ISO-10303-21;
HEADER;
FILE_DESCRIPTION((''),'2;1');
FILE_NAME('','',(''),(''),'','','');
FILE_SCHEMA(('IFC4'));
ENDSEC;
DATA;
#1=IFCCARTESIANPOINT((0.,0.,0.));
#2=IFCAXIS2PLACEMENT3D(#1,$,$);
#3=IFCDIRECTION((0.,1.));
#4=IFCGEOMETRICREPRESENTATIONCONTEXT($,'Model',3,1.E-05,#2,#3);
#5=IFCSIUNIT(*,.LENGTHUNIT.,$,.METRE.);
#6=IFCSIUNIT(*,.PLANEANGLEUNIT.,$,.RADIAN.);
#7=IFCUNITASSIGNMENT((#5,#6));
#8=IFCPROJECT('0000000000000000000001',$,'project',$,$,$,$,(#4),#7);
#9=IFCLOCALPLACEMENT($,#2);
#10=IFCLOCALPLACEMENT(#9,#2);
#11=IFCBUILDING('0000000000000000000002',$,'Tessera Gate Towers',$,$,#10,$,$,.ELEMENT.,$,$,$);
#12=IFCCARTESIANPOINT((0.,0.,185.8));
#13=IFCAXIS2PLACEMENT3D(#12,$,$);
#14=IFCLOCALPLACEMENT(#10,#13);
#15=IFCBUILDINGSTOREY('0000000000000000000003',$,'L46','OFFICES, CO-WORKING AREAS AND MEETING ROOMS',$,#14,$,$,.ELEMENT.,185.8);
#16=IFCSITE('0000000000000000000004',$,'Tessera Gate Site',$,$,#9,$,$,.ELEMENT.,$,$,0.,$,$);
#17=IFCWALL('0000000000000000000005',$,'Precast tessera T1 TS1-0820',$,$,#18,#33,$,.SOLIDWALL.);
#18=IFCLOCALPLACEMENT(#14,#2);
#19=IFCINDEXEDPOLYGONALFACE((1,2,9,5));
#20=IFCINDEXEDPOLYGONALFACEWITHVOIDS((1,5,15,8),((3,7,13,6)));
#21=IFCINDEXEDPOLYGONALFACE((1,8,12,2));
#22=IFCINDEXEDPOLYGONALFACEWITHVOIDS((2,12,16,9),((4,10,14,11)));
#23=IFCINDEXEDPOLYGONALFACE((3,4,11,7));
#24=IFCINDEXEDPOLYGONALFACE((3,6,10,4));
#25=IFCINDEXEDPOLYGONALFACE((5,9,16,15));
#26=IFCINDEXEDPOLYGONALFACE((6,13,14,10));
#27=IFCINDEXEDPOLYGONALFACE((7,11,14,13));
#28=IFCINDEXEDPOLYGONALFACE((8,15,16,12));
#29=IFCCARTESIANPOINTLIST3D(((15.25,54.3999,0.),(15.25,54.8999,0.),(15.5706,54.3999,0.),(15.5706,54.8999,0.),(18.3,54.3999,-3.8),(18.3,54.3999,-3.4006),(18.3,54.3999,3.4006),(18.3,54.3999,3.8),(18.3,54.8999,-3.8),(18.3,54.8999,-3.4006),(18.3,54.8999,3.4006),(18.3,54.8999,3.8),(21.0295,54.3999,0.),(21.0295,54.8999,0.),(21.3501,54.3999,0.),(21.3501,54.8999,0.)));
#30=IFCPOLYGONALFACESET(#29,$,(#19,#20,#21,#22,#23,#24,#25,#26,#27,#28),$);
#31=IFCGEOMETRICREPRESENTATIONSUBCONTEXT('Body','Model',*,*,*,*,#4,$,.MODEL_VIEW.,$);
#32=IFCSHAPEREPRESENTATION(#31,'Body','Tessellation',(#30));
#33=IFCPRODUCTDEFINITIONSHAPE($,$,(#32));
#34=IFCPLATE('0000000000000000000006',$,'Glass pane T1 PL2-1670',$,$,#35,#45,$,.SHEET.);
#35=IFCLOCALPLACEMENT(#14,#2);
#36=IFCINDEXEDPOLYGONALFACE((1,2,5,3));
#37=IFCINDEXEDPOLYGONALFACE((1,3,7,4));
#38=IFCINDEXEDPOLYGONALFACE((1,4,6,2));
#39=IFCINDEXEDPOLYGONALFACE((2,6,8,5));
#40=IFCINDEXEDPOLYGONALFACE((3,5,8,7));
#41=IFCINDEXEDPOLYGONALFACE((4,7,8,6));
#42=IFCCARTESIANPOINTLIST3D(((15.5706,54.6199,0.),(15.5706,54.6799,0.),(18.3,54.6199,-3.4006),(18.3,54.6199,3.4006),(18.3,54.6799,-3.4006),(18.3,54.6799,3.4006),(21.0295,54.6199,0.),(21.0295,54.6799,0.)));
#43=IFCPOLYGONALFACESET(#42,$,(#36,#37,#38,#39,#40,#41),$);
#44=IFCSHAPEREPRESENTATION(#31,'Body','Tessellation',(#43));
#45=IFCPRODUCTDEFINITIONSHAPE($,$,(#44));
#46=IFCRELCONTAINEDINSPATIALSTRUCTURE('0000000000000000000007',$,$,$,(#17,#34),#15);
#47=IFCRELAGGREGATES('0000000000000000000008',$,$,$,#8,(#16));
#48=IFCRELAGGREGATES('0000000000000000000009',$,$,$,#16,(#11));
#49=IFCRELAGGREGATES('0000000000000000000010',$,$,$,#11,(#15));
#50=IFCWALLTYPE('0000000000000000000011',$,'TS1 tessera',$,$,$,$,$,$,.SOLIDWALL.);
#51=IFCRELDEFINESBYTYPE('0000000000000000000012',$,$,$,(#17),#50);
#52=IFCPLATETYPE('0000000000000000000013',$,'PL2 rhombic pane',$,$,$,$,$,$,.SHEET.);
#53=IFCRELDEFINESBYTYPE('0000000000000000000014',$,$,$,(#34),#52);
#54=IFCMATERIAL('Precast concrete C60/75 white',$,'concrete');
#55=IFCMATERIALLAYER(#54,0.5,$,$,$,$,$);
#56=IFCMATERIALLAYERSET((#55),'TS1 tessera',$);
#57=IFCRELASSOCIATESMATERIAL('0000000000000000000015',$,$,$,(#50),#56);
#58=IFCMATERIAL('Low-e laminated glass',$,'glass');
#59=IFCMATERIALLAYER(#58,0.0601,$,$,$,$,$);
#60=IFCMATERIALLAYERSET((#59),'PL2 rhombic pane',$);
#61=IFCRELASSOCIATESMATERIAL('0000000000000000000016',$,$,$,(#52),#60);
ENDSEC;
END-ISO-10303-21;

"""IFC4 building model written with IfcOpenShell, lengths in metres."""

from ifc_helpers import new_model, si_unit, direction, frame, origin, place, context, subcontext, project, spatial, polyline, outline, extrude, source, transform, mapped, material, layer, layer_set, type_object, element, fill, save


model = new_model("IFC4")

# Units and contexts
model_context = context("Model", 3, precision=1e-05, world=origin(), true_north=direction((0.0, 1.0)))
body_context = subcontext(model_context, "Body", "Model", "MODEL_VIEW")
ifc_project = project(units=[si_unit("LENGTHUNIT", "METRE"), si_unit("PLANEANGLEUNIT", "RADIAN")], contexts=[model_context])

# Site, building, storey
site_placement = place(None, origin())
site = spatial("IfcSite", under=ifc_project, at=site_placement, Name="Tessera Gate Site", CompositionType="ELEMENT", RefElevation=0.0)
building_placement = place(site_placement, origin())
building = spatial("IfcBuilding", under=site, at=building_placement, Name="Tessera Gate Towers", CompositionType="ELEMENT")
storey_placement = place(building_placement, frame((0.0, 0.0, 185.8)))
storey = spatial("IfcBuildingStorey", under=building, at=storey_placement, Name="L46", Description="OFFICES, CO-WORKING AREAS AND MEETING ROOMS", CompositionType="ELEMENT", Elevation=185.8)

# Wall, opening, plate
ifc_material_1 = material(Name="Precast concrete C60/75 white", Category="concrete")
ifc_layer_1 = layer(ifc_material_1, 0.5)
ifc_layer_set_1 = layer_set([ifc_layer_1], Name="TS1 tessera")
wall_type_1 = type_object("IfcWallType", Name="TS1 tessera", PredefinedType="SOLIDWALL", material=ifc_layer_set_1)
shared_shape_1 = source(origin(), body_context, "Body", "SweptSolid", [
    extrude(outline(polyline([(3.05, 0.0), (6.1001, 3.8), (3.05, 7.6001), (0.0, 3.8), (3.05, 0.0)])), frame((0.0, 0.25, 0.0), z_axis=(0.0, -1.0, 0.0), x_axis=(1.0, 0.0, 0.0)), (0.0, 0.0, 1.0), 0.5),
])
shared_shape_2 = source(origin(), body_context, "Body", "SweptSolid", [
    extrude(outline(polyline([(3.05, 0.3994), (5.7795, 3.8), (3.05, 7.2007), (0.3206, 3.8), (3.05, 0.3994)])), frame((0.0, 0.26, 0.0), z_axis=(0.0, -1.0, 0.0), x_axis=(1.0, 0.0, 0.0)), (0.0, 0.0, 1.0), 0.52),
])
ifc_material_2 = material(Name="Low-e laminated glass", Category="glass")
ifc_layer_2 = layer(ifc_material_2, 0.0601)
ifc_layer_set_2 = layer_set([ifc_layer_2], Name="PL2 rhombic pane")
plate_type = type_object("IfcPlateType", Name="PL2 rhombic pane", PredefinedType="SHEET", material=ifc_layer_set_2)
shared_shape_3 = source(origin(), body_context, "Body", "SweptSolid", [
    extrude(outline(polyline([(3.05, 0.3994), (5.7795, 3.8), (3.05, 7.2007), (0.3206, 3.8), (3.05, 0.3994)])), frame((0.0, 0.03, 0.0), z_axis=(0.0, -1.0, 0.0), x_axis=(1.0, 0.0, 0.0)), (0.0, 0.0, 1.0), 0.0601),
])
wall_1_placement = place(storey_placement, frame((21.3501, 54.6499, -3.8), z_axis=(0.0, 0.0, 1.0), x_axis=(-1.0, 0.0, 0.0)))
wall_1 = element("IfcWall", 1, at=wall_1_placement, inside=storey, type_object=wall_type_1, Name="Precast tessera T1 TS1-0820", PredefinedType="SOLIDWALL", context=body_context, shape_type="MappedRepresentation", body=[
    mapped(shared_shape_1, transform((0.0, 0.0, 0.0), scale=1.0)),
])
opening_1_placement = place(wall_1_placement, origin())
opening_1 = element("IfcOpeningElement", 2, at=opening_1_placement, cuts=wall_1, PredefinedType="OPENING", context=body_context, shape_type="MappedRepresentation", body=[
    mapped(shared_shape_2, transform((0.0, 0.0, 0.0), scale=1.0)),
])
plate_1_placement = place(opening_1_placement, origin())
plate_1 = element("IfcPlate", 3, at=plate_1_placement, inside=storey, type_object=plate_type, Name="Glass pane T1 PL2-1670", PredefinedType="SHEET", context=body_context, shape_type="MappedRepresentation", body=[
    mapped(shared_shape_3, transform((0.0, 0.0, 0.0), scale=1.0)),
])
fill(opening_1, plate_1)

save(model, "model.ifc")
